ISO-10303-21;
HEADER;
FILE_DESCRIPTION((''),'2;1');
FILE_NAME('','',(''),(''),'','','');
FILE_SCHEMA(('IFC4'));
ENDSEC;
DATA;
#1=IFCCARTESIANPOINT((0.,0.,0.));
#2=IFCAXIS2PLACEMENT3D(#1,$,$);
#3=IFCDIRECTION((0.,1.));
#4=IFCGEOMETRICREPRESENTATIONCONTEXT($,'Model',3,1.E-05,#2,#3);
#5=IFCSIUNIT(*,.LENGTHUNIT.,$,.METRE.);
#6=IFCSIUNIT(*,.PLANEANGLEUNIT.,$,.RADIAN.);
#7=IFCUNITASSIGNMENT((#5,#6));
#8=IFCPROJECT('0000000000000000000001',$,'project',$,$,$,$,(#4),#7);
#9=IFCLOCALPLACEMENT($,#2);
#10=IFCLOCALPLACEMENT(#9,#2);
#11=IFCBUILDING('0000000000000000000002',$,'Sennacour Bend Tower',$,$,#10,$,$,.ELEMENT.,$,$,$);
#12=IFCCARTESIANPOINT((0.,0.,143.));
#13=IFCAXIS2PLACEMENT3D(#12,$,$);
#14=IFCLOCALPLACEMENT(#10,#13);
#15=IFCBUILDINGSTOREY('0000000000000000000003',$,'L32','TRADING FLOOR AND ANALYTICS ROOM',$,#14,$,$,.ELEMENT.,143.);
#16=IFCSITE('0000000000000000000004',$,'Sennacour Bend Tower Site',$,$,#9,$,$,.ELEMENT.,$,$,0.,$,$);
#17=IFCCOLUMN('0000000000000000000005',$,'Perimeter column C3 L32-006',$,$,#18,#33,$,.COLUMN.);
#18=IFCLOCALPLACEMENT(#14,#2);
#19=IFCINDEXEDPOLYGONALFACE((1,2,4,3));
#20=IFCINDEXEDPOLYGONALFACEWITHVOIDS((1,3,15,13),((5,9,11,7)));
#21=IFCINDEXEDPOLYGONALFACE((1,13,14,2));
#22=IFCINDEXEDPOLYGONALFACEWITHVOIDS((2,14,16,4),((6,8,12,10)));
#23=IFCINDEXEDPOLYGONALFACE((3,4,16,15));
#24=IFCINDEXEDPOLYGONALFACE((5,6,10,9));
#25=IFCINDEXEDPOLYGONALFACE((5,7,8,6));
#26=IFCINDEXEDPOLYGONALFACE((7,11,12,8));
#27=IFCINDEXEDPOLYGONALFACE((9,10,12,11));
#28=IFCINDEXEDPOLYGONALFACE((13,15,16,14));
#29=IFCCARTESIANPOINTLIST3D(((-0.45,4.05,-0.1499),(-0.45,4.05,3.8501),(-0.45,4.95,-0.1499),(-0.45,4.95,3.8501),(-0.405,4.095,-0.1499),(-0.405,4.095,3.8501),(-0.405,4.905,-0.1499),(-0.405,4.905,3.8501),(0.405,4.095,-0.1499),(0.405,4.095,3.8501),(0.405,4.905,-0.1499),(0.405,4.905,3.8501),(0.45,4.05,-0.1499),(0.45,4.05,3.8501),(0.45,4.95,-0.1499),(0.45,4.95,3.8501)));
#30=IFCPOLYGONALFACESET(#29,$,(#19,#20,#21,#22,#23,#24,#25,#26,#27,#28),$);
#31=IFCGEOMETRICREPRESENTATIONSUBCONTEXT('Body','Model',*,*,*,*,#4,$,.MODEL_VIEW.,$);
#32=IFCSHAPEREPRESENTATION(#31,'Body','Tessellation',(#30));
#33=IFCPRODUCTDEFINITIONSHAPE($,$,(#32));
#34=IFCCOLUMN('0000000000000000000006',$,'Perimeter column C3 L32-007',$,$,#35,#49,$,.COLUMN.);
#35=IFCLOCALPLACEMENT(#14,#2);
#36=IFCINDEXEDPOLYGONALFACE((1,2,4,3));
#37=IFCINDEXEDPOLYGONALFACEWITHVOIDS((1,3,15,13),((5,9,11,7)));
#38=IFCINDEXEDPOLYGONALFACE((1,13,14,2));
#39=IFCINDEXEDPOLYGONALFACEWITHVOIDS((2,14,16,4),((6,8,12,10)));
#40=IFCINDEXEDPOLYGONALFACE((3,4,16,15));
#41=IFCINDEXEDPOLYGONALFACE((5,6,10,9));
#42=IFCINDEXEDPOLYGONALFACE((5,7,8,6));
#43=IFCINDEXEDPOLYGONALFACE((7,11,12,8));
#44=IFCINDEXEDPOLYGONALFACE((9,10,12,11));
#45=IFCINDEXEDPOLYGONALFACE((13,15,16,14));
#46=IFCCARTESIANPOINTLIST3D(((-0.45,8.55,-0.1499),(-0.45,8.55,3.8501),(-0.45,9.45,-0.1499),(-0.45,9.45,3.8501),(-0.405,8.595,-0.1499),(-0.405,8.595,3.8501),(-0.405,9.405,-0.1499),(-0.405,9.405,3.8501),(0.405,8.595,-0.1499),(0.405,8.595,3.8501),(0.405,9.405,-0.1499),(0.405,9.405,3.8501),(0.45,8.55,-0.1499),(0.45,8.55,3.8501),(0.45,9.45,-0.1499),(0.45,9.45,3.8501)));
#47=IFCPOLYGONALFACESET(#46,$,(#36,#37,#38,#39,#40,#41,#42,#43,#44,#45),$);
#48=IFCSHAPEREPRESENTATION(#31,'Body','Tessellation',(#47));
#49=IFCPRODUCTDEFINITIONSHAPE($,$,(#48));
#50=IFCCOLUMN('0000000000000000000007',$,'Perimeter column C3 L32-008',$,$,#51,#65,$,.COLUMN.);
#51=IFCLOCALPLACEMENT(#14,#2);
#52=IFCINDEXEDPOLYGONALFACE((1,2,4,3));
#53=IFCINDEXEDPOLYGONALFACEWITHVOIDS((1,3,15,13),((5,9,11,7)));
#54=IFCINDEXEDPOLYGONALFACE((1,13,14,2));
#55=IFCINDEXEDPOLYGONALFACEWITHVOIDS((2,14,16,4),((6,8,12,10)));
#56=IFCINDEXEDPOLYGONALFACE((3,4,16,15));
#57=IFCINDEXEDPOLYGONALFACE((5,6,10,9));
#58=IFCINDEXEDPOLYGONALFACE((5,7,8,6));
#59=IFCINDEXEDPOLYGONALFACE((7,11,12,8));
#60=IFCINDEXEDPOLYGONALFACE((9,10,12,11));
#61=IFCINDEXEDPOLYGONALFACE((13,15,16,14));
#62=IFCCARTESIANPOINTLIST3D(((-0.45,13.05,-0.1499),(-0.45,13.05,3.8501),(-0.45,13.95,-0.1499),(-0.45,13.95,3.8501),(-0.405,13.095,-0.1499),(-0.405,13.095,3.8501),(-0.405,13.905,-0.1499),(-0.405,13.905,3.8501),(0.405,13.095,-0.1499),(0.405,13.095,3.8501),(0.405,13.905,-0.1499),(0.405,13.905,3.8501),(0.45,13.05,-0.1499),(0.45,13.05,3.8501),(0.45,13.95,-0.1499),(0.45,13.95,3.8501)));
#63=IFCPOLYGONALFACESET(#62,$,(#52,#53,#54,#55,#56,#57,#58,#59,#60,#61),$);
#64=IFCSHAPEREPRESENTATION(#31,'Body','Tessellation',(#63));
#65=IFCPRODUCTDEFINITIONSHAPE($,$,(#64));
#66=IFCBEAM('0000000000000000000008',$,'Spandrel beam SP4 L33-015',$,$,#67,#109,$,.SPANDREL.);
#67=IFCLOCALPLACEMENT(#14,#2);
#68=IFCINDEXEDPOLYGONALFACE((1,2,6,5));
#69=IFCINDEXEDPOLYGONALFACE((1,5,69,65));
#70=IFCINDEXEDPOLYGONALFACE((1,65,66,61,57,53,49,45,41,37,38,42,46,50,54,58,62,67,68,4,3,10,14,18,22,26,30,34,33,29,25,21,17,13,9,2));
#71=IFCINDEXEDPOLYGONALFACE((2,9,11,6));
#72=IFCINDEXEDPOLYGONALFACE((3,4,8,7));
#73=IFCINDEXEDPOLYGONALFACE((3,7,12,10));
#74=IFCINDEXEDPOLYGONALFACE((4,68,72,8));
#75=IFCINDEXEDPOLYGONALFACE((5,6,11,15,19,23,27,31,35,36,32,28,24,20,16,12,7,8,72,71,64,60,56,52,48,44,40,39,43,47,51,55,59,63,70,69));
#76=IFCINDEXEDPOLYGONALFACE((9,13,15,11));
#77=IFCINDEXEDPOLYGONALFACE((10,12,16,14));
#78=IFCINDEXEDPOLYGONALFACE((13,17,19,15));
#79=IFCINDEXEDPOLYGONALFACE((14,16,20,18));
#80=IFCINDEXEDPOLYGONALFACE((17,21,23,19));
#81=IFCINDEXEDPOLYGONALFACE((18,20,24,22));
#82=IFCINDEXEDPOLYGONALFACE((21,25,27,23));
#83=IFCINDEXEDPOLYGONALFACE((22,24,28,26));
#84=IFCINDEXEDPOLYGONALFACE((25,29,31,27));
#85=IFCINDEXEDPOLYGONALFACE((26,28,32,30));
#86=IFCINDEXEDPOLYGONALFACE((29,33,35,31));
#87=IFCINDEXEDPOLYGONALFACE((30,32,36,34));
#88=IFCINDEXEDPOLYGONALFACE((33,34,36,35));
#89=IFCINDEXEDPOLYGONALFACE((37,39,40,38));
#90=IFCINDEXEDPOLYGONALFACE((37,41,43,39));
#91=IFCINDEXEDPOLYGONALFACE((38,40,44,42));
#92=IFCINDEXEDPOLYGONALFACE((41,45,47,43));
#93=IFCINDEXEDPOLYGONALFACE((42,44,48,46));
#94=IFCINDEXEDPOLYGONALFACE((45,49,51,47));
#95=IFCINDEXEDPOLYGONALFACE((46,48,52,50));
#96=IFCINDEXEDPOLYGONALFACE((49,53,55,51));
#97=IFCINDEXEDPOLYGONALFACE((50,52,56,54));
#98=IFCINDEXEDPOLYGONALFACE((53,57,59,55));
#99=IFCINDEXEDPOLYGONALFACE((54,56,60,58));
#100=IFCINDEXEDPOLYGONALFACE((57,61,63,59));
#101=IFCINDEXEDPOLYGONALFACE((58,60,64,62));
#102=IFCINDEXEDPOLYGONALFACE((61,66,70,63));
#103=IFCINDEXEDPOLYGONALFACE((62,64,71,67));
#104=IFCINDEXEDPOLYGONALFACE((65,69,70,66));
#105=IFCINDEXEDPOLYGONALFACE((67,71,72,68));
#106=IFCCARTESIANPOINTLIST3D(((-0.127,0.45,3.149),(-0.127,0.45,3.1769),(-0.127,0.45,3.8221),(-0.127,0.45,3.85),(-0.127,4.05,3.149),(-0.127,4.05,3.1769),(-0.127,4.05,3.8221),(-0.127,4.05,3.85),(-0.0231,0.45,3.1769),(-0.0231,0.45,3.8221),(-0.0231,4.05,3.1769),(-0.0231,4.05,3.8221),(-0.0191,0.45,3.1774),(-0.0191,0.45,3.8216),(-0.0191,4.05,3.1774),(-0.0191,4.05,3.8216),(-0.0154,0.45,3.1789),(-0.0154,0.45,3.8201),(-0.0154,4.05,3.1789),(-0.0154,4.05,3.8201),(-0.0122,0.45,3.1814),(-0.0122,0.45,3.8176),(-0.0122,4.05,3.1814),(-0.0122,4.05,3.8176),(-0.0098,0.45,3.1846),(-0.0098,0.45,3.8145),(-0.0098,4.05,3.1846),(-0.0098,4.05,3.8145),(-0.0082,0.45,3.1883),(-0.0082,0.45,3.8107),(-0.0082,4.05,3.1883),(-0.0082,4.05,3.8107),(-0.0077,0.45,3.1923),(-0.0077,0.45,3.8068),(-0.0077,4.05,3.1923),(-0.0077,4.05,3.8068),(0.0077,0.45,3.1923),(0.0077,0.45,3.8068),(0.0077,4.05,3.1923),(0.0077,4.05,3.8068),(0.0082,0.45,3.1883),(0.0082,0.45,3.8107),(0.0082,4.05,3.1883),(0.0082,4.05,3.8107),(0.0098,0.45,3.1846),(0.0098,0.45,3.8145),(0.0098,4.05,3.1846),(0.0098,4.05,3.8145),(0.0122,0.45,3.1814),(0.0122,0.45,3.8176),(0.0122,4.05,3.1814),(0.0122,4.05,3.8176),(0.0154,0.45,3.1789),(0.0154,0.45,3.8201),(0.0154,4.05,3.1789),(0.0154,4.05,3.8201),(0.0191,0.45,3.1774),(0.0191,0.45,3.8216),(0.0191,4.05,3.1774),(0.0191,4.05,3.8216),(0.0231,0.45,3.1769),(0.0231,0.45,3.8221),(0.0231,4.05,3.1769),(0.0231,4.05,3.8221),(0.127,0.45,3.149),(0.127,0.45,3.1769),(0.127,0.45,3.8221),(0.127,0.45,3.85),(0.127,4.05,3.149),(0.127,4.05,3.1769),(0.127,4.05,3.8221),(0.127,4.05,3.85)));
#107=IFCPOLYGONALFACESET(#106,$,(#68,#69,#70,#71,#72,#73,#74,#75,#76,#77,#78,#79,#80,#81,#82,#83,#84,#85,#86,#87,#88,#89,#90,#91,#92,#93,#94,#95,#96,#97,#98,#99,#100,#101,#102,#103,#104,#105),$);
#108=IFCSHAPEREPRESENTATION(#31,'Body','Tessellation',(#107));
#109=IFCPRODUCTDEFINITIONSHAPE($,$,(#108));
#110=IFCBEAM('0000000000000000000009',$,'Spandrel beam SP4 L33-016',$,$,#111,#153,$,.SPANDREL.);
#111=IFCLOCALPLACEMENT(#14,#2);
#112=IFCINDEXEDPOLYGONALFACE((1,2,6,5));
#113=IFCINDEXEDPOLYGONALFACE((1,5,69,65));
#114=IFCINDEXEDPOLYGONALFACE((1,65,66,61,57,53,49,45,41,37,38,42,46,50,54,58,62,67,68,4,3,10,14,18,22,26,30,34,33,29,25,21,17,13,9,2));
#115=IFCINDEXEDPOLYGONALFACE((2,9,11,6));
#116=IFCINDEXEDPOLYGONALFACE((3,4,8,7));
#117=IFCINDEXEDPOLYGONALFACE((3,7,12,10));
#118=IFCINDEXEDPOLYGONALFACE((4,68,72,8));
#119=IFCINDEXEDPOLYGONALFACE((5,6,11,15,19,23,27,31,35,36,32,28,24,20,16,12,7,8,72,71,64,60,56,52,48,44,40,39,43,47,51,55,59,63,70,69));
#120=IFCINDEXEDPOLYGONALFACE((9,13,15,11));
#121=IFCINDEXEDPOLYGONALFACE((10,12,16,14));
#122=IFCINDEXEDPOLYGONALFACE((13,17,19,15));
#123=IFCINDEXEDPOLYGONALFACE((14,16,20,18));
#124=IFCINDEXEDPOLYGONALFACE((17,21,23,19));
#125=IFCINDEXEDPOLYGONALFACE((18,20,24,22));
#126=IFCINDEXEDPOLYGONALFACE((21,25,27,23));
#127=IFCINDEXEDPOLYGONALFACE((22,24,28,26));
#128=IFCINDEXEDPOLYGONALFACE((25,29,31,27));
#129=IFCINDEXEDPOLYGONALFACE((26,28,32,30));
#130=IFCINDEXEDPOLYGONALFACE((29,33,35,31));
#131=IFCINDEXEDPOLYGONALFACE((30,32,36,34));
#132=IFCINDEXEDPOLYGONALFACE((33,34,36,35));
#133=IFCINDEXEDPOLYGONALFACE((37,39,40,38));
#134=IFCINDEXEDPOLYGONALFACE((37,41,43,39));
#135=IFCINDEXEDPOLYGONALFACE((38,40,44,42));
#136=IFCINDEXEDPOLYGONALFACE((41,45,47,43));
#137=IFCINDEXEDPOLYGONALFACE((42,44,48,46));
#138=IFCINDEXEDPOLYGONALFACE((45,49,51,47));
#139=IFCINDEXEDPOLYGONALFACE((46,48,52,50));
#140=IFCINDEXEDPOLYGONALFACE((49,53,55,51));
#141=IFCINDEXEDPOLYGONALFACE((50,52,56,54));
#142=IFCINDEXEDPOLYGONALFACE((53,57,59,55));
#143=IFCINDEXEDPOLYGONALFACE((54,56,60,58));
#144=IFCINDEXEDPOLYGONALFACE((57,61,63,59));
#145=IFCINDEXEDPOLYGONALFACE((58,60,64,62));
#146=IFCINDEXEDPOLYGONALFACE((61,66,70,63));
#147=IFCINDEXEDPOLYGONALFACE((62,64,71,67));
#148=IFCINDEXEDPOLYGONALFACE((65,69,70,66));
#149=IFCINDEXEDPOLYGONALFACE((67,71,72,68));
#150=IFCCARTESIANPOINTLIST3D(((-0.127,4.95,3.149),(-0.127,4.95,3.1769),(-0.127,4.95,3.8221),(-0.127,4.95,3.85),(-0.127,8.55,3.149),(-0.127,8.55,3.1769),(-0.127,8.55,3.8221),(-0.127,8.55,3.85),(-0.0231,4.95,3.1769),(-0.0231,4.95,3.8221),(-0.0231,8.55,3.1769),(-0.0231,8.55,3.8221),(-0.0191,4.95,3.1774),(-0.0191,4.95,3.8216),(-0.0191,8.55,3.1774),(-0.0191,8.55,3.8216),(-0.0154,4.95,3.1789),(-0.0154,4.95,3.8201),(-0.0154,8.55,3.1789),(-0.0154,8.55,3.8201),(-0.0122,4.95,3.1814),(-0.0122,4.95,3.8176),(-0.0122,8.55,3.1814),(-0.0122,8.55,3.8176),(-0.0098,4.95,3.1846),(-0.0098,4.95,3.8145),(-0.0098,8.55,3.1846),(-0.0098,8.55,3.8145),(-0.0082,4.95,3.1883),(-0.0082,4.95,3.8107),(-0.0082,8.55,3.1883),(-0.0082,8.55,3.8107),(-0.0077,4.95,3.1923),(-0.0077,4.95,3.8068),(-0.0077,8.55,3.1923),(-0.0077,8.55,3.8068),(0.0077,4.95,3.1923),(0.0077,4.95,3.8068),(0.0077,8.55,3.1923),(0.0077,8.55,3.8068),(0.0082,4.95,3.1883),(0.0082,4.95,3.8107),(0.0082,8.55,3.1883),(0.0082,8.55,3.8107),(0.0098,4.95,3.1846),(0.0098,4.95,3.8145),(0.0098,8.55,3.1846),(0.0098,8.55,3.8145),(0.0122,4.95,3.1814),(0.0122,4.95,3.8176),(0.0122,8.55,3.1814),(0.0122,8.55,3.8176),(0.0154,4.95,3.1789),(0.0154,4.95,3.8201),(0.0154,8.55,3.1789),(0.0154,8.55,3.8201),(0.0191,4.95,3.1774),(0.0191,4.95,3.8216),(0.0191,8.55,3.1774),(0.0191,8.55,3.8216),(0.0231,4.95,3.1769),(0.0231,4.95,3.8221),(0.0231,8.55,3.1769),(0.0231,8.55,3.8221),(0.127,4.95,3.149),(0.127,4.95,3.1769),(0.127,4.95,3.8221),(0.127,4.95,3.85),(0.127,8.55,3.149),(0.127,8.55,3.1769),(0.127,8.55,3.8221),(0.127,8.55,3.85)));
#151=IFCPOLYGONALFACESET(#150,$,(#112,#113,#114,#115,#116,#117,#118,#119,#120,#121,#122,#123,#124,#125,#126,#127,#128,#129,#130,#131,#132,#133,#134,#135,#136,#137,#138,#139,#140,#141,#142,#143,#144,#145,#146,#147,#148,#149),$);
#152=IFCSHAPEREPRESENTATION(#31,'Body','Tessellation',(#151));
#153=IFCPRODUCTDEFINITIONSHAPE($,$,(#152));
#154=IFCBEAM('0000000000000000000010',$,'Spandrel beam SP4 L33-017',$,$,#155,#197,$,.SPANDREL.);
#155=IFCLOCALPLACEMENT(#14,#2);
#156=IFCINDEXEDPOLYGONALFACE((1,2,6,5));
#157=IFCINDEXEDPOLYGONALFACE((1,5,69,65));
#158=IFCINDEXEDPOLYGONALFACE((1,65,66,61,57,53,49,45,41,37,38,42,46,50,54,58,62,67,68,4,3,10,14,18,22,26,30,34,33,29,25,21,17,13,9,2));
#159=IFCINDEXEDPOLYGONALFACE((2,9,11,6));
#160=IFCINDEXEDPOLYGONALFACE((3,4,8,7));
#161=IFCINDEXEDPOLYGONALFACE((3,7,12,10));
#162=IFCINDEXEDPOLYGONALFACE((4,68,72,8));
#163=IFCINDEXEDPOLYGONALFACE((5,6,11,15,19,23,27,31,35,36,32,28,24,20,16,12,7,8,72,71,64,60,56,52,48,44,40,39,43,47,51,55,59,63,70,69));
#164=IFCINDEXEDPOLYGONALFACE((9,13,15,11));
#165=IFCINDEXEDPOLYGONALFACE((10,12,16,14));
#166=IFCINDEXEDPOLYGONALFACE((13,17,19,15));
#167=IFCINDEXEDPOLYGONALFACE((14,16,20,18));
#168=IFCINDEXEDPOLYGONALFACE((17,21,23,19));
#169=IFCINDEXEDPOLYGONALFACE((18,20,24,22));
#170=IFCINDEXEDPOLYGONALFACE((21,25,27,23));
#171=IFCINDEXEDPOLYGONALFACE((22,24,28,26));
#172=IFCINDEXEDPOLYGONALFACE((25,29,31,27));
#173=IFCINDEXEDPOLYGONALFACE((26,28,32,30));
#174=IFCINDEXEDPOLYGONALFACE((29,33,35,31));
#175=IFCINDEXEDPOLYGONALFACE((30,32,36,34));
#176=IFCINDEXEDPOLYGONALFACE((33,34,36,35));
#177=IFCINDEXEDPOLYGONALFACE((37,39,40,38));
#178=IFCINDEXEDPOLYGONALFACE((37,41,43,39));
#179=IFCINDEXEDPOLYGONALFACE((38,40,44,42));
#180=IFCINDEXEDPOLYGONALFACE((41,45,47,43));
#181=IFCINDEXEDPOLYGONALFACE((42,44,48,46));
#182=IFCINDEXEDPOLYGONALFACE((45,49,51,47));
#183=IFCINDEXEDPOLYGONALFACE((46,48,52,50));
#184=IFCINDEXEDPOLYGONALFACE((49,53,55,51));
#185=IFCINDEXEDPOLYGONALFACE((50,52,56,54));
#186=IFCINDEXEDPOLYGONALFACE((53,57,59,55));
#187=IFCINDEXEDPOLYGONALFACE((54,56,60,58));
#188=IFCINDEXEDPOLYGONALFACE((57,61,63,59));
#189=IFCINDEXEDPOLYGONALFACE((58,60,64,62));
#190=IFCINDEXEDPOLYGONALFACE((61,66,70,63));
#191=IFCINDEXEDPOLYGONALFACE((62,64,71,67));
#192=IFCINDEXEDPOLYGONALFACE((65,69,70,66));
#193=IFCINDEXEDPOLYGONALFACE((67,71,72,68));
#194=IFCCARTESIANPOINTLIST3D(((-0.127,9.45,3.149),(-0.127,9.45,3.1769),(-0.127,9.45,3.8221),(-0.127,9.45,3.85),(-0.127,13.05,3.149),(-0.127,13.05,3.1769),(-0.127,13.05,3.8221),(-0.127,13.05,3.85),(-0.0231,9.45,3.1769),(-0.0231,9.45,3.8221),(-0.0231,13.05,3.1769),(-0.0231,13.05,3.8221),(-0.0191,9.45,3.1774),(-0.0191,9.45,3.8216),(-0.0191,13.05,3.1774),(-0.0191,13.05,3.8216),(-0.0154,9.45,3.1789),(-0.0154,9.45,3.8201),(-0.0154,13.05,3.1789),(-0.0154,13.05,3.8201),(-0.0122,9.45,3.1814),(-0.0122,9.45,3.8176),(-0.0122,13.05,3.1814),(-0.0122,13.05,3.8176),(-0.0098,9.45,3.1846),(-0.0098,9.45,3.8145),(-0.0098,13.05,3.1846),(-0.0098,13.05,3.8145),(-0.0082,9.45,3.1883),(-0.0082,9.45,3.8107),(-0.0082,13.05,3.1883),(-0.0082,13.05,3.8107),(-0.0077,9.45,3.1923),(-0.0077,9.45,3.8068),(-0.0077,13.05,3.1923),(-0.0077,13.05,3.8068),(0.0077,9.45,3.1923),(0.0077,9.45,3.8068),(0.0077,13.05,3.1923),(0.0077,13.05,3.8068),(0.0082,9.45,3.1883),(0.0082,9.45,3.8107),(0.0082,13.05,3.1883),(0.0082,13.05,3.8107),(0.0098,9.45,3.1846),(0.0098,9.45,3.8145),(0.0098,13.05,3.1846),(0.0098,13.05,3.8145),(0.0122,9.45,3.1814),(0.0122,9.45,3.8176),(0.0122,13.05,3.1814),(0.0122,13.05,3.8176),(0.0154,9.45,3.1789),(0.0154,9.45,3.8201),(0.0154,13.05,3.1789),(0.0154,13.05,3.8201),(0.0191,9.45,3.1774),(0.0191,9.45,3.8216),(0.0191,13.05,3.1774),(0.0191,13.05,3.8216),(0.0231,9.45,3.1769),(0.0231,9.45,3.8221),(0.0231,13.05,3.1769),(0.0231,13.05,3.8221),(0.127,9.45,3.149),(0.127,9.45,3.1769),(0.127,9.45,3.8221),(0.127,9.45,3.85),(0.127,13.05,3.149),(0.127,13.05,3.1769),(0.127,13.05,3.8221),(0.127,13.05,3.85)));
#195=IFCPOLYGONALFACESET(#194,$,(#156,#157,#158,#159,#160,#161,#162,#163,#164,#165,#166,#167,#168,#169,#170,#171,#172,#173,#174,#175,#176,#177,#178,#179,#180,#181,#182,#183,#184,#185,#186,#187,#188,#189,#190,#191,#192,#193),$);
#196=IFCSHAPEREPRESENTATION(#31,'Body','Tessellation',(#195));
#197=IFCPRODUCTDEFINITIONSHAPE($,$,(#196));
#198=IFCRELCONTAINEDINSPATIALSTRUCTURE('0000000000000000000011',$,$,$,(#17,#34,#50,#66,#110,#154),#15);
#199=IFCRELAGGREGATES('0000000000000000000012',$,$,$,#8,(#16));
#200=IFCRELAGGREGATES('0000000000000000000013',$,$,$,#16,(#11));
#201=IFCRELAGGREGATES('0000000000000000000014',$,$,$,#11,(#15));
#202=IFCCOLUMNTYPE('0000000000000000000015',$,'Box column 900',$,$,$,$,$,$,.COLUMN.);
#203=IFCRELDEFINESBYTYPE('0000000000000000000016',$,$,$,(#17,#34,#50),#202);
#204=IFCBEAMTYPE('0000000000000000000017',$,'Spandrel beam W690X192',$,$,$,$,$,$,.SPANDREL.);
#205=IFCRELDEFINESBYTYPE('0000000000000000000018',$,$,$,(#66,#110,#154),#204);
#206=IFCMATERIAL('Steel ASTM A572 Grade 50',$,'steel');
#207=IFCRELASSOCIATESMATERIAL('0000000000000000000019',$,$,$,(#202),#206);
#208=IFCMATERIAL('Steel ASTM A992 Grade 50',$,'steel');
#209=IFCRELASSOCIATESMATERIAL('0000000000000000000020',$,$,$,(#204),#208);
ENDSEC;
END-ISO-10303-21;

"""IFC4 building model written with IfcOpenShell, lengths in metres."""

from ifc_helpers import new_model, si_unit, direction, frame, origin, origin_2d, place, context, subcontext, project, spatial, hollow_rectangle, i_section, extrude, material, material_profile, profile_set, type_object, element, save


model = new_model("IFC4")

# Units and contexts
model_context = context("Model", 3, precision=1e-05, world=origin(), true_north=direction((0.0, 1.0)))
body_context = subcontext(model_context, "Body", "Model", "MODEL_VIEW")
ifc_project = project(units=[si_unit("LENGTHUNIT", "METRE"), si_unit("PLANEANGLEUNIT", "RADIAN")], contexts=[model_context])

# Site, building, storey
site_placement = place(None, origin())
site = spatial("IfcSite", under=ifc_project, at=site_placement, Name="Sennacour Bend Tower Site", CompositionType="ELEMENT", RefElevation=0.0)
building_placement = place(site_placement, origin())
building = spatial("IfcBuilding", under=site, at=building_placement, Name="Sennacour Bend Tower", CompositionType="ELEMENT")
storey_placement = place(building_placement, frame((0.0, 0.0, 143.0)))
storey = spatial("IfcBuildingStorey", under=building, at=storey_placement, Name="L32", Description="TRADING FLOOR AND ANALYTICS ROOM", CompositionType="ELEMENT", Elevation=143.0)

# Columns
ifc_material_1 = material(Name="Steel ASTM A572 Grade 50", Category="steel")
ifc_material_profile_1 = material_profile(ifc_material_1, hollow_rectangle(XDim=0.8999, YDim=0.8999, WallThickness=0.0449, at=origin_2d()), Name="Steel ASTM A572 Grade 50", Category="steel")
ifc_profile_set_1 = profile_set([ifc_material_profile_1], Name="Steel ASTM A572 Grade 50")
column_type = type_object("IfcColumnType", Name="Box column 900", PredefinedType="COLUMN", material=ifc_profile_set_1)
for number, where, z_axis, x_axis, name in (
    (1, (0.0, 4.5, -0.1499), (0.0, 0.0, 1.0), (1.0, 0.0, 0.0), "Perimeter column C3 L32-006"),
    (2, (0.0, 9.0, -0.1499), (0.0, 0.0, 1.0), (1.0, 0.0, 0.0), "Perimeter column C3 L32-007"),
    (3, (0.0, 13.5, -0.1499), (0.0, 0.0, 1.0), (1.0, 0.0, 0.0), "Perimeter column C3 L32-008"),
):
    element("IfcColumn", number, at=place(storey_placement, frame(where, z_axis=z_axis, x_axis=x_axis)), inside=storey, type_object=column_type, Name=name, PredefinedType="COLUMN", context=body_context, shape_type="SweptSolid", body=[
        extrude(hollow_rectangle(XDim=0.8999, YDim=0.8999, WallThickness=0.0449, at=origin_2d()), origin(), (0.0, 0.0, 1.0), 4.0),
    ])

# Beams
ifc_material_2 = material(Name="Steel ASTM A992 Grade 50", Category="steel")
ifc_material_profile_2 = material_profile(ifc_material_2, i_section(OverallWidth=0.2539, OverallDepth=0.7009, WebThickness=0.0154, FlangeThickness=0.0278, FilletRadius=0.0154, at=origin_2d()), Name="Steel ASTM A992 Grade 50", Category="steel")
ifc_profile_set_2 = profile_set([ifc_material_profile_2], Name="Steel ASTM A992 Grade 50")
beam_type = type_object("IfcBeamType", Name="Spandrel beam W690X192", PredefinedType="SPANDREL", material=ifc_profile_set_2)
for number, where, z_axis, x_axis, name in (
    (4, (0.0, 0.45, 3.4995), (0.0, 1.0, 0.0), (-1.0, 0.0, 0.0), "Spandrel beam SP4 L33-015"),
    (5, (0.0, 4.95, 3.4995), (0.0, 1.0, 0.0), (-1.0, 0.0, 0.0), "Spandrel beam SP4 L33-016"),
    (6, (0.0, 9.45, 3.4995), (0.0, 1.0, 0.0), (-1.0, 0.0, 0.0), "Spandrel beam SP4 L33-017"),
):
    element("IfcBeam", number, at=place(storey_placement, frame(where, z_axis=z_axis, x_axis=x_axis)), inside=storey, type_object=beam_type, Name=name, PredefinedType="SPANDREL", context=body_context, shape_type="SweptSolid", body=[
        extrude(i_section(OverallWidth=0.2539, OverallDepth=0.7009, WebThickness=0.0154, FlangeThickness=0.0278, FilletRadius=0.0154, at=origin_2d()), origin(), (0.0, 0.0, 1.0), 3.6001),
    ])

save(model, "model.ifc")
